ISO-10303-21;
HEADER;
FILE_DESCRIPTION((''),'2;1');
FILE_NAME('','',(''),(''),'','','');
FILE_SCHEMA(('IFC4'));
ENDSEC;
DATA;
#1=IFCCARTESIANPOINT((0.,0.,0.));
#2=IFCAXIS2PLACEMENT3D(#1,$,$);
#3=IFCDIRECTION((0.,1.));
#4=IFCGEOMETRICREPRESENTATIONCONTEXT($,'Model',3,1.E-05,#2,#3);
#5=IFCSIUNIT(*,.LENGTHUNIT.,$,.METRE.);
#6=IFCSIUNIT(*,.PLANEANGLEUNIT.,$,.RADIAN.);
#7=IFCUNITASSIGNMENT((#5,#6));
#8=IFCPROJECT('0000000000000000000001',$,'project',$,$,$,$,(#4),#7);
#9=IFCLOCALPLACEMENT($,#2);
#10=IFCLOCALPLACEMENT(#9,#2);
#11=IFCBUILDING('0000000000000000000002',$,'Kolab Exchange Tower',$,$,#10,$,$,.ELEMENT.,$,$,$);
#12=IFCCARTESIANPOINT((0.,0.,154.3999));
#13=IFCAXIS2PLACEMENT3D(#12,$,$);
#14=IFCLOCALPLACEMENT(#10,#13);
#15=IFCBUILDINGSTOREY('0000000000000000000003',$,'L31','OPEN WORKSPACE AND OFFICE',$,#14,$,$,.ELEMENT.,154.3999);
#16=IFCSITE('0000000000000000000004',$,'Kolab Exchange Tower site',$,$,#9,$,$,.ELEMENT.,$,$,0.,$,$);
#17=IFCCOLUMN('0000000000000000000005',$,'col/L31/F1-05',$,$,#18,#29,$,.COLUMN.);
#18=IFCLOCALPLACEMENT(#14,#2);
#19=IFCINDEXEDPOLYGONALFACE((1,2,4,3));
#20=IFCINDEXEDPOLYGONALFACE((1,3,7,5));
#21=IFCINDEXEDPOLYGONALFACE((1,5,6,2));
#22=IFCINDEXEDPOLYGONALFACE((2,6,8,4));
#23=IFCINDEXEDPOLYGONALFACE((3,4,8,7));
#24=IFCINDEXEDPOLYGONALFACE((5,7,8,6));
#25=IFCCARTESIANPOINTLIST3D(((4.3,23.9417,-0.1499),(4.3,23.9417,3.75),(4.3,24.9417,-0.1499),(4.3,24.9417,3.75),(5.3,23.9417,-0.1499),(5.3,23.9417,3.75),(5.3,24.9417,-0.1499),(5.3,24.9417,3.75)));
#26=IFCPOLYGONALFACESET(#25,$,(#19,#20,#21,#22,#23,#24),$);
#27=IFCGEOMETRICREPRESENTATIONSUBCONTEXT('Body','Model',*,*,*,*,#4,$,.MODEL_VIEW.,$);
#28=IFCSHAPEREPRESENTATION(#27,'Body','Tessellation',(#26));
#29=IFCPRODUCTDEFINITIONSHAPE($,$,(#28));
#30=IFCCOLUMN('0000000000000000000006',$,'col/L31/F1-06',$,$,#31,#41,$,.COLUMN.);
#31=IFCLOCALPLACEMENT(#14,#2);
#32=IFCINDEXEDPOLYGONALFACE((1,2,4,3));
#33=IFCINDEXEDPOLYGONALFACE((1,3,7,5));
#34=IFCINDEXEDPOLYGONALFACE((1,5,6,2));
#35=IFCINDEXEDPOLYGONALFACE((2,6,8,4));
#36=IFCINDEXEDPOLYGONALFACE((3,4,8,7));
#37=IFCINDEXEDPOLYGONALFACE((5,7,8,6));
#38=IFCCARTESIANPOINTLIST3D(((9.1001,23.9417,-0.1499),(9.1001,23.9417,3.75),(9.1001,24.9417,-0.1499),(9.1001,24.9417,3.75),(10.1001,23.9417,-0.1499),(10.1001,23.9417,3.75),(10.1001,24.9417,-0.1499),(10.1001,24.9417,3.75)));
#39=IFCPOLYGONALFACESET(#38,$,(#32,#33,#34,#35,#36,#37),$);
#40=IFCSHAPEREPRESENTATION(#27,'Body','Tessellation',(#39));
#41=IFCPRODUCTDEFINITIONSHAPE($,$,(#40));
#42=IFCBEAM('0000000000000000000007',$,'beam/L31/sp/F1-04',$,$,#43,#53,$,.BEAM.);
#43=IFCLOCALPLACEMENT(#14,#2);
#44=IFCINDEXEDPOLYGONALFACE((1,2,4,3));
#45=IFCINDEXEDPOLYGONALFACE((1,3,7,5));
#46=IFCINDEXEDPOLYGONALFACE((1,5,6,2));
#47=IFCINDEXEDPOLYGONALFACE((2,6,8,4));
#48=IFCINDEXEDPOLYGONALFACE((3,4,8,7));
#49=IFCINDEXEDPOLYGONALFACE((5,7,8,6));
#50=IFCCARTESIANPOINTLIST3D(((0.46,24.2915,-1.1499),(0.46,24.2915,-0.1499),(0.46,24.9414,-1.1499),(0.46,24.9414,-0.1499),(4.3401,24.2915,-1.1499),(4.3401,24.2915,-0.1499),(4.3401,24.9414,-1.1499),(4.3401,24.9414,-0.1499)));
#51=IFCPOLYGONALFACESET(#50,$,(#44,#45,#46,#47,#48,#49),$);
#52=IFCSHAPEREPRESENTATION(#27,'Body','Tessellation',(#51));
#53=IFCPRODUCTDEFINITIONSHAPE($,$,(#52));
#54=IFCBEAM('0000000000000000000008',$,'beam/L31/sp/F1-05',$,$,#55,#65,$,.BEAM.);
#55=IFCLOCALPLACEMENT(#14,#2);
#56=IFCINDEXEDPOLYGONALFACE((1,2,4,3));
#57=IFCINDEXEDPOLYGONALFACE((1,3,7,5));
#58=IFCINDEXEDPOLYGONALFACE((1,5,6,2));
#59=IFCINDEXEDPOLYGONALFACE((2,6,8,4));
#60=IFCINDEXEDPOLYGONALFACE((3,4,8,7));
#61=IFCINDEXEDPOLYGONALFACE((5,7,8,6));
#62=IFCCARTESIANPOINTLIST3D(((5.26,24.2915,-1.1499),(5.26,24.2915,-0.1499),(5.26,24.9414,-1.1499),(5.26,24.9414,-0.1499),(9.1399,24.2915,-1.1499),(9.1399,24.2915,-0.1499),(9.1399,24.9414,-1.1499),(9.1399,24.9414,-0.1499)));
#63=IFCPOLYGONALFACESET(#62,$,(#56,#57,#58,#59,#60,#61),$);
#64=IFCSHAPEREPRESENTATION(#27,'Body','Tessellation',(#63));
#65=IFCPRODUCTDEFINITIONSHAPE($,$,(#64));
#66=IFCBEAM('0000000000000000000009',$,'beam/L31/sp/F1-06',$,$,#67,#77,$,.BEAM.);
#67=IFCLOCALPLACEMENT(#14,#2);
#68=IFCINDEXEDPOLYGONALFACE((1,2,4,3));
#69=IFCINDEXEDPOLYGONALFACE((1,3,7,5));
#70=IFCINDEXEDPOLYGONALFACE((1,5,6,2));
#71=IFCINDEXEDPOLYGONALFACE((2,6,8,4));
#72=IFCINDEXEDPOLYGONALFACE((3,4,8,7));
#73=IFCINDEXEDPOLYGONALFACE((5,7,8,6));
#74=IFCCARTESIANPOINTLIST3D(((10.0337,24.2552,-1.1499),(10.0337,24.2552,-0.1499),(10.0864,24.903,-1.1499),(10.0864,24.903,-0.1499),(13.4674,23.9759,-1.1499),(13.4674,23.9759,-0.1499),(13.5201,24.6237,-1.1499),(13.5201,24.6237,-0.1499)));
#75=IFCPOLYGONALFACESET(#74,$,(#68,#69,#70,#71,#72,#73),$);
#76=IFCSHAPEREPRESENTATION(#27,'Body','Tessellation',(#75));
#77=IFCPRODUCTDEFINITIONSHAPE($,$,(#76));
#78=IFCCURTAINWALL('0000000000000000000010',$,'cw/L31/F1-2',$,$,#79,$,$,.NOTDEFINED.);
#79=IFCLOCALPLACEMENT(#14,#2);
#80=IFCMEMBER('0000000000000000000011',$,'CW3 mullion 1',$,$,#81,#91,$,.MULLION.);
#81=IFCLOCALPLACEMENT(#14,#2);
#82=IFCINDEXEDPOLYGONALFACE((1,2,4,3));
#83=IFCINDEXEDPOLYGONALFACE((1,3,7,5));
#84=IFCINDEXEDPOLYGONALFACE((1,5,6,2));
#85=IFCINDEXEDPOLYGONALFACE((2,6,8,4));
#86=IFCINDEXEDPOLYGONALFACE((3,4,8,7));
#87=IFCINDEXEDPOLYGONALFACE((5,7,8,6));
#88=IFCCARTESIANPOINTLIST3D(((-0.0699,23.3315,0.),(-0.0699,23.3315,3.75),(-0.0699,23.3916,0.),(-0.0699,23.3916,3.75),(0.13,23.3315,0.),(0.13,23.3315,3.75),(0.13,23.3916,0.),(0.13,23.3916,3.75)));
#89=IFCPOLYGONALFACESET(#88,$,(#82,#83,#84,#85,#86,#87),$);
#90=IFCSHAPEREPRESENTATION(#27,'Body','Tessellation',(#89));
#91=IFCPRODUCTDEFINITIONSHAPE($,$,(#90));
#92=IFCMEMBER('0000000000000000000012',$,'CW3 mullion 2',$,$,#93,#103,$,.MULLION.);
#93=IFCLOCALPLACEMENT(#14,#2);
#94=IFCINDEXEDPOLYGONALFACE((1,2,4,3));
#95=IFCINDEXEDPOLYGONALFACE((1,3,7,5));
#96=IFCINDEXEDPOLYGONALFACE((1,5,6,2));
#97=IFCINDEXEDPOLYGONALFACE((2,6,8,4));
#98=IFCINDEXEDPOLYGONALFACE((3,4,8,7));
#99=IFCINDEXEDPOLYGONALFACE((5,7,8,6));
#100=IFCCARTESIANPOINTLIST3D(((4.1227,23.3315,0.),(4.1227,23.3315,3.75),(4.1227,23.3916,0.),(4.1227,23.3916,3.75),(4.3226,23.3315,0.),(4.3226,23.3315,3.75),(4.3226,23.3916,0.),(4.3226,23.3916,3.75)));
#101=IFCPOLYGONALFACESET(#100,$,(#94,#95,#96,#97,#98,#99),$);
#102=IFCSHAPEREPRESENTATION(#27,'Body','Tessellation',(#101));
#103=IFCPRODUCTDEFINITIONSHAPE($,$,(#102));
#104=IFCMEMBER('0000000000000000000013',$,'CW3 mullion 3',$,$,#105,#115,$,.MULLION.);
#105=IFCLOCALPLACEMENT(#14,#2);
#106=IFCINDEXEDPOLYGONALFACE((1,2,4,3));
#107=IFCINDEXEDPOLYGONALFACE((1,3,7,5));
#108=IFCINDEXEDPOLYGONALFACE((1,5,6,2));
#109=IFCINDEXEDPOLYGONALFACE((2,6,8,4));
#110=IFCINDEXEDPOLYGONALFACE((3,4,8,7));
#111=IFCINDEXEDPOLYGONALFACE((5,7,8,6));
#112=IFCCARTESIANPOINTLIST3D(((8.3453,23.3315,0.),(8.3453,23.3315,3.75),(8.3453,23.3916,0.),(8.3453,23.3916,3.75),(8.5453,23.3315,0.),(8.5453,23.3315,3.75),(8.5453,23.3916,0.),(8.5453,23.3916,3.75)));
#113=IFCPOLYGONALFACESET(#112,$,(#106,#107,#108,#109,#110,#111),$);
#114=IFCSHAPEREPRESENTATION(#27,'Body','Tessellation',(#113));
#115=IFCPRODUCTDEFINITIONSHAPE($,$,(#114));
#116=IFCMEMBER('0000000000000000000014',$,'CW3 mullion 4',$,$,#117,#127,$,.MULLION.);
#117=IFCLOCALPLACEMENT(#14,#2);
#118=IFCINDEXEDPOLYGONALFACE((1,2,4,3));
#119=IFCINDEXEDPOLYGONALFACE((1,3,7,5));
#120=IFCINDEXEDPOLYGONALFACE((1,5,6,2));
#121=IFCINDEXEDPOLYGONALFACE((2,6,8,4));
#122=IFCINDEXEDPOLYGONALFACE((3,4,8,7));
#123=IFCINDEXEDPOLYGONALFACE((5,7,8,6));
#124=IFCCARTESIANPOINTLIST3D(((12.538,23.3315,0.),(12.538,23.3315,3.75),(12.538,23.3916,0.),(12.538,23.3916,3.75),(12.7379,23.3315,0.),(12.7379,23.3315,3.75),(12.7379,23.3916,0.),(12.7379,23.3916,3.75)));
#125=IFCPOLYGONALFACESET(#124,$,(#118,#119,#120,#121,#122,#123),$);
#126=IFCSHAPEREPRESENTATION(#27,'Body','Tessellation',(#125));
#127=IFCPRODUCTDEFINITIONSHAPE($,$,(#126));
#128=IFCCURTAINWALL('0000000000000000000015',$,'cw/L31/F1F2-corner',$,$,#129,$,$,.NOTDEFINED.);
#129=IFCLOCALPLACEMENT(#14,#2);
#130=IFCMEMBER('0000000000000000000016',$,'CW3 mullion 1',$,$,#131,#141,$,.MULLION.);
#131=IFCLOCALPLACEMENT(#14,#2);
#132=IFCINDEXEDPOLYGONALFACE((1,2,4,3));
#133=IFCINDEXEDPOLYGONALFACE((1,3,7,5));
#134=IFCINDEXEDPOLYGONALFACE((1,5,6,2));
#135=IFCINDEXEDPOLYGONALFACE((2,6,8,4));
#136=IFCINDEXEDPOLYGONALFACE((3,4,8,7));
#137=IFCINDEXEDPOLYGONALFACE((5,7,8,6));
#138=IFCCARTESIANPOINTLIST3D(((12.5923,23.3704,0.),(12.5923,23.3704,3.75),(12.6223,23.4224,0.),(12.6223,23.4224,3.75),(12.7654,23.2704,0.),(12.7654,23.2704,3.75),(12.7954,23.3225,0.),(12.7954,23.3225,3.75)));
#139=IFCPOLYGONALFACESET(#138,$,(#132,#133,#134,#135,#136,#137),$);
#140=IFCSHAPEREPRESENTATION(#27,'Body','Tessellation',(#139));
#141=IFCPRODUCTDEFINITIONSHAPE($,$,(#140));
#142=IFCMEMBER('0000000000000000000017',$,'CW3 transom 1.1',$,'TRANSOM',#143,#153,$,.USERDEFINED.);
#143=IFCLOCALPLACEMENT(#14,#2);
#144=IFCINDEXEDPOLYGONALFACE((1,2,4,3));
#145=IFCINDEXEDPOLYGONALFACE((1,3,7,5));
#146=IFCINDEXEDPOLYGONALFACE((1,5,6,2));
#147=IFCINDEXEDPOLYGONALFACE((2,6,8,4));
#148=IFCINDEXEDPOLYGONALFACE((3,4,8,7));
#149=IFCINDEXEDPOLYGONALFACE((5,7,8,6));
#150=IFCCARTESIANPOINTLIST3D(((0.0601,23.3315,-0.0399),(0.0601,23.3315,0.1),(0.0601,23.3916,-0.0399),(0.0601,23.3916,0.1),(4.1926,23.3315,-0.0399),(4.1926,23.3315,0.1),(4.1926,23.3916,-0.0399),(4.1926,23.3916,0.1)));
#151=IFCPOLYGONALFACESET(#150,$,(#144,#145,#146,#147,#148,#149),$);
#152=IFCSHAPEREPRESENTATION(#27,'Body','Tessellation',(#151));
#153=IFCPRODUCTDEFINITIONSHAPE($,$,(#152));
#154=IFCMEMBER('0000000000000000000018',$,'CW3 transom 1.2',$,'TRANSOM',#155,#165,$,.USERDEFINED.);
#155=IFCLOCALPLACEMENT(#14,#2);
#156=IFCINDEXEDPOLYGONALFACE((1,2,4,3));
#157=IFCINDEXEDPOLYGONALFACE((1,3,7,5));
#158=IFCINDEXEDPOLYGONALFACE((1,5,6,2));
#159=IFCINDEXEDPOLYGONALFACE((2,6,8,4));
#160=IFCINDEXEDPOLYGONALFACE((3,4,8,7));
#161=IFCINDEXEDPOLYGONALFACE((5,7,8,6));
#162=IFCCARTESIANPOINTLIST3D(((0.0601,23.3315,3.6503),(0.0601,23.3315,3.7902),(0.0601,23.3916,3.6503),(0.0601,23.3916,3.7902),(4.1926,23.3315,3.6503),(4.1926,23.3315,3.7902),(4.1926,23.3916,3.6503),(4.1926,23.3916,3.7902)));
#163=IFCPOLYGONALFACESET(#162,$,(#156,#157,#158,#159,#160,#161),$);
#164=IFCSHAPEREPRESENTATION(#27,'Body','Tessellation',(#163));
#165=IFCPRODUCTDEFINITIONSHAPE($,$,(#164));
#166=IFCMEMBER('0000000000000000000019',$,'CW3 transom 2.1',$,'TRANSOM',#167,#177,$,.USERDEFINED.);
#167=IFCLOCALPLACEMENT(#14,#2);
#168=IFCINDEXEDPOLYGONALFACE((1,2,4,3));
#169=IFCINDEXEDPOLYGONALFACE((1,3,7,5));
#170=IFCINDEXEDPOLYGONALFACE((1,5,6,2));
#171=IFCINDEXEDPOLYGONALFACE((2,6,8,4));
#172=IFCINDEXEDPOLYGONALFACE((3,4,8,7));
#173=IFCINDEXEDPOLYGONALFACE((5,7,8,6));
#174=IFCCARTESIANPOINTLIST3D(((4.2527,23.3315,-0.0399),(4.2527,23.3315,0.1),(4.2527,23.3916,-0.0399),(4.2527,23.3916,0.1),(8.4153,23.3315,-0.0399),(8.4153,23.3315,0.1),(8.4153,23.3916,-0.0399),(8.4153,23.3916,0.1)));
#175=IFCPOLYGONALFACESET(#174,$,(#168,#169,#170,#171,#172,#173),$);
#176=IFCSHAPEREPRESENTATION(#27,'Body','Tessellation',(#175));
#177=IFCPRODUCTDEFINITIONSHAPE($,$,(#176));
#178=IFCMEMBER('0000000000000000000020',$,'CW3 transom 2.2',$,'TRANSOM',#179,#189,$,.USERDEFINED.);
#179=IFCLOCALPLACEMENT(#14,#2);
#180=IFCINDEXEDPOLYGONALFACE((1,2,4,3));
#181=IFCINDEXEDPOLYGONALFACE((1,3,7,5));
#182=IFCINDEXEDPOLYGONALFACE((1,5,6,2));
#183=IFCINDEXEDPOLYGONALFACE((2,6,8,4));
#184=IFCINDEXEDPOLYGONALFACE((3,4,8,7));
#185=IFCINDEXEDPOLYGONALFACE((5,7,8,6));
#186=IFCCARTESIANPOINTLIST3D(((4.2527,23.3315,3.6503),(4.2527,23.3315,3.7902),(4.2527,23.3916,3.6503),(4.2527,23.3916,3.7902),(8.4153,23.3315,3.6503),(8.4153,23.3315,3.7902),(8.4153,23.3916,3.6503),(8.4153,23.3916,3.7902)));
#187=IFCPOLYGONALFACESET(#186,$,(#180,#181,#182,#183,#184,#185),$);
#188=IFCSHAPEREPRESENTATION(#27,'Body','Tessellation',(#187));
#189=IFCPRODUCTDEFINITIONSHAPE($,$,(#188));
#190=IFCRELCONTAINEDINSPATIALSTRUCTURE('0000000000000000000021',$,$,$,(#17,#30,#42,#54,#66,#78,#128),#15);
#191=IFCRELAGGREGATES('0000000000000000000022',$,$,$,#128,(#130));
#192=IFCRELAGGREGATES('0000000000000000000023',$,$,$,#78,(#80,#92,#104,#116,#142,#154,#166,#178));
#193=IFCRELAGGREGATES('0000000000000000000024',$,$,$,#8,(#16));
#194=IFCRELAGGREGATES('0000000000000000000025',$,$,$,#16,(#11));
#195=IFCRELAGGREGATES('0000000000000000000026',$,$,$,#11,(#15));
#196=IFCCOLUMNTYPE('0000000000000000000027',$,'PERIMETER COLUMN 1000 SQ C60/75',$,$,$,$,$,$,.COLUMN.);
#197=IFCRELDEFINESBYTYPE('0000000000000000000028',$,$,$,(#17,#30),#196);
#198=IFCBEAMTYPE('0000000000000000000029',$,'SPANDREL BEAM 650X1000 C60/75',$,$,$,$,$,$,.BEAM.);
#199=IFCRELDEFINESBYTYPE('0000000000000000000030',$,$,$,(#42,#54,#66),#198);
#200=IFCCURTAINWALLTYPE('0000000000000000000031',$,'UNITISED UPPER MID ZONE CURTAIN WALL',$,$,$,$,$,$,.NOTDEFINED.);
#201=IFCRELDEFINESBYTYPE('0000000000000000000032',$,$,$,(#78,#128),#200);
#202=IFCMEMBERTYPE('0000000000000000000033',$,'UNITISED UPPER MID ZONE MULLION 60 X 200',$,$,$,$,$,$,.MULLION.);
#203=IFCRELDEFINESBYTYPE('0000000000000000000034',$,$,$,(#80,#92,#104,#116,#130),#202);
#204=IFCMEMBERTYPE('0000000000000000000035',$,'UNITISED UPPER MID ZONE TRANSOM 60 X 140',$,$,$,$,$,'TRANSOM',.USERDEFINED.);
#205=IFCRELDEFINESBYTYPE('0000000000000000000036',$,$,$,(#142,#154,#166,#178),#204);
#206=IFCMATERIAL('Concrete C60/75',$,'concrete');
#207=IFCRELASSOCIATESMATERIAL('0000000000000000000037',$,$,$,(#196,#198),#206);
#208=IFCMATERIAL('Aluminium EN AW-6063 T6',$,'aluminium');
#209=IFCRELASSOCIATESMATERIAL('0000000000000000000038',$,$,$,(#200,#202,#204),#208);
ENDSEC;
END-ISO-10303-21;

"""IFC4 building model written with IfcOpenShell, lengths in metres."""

from ifc_helpers import new_model, si_unit, direction, frame, origin, origin_2d, place, context, subcontext, project, spatial, rectangle, extrude, material, material_profile, profile_set, type_object, element, aggregate, save


model = new_model("IFC4")

# Units and contexts
model_context = context("Model", 3, precision=1e-05, world=origin(), true_north=direction((0.0, 1.0)))
body_context = subcontext(model_context, "Body", "Model", "MODEL_VIEW")
ifc_project = project(units=[si_unit("LENGTHUNIT", "METRE"), si_unit("PLANEANGLEUNIT", "RADIAN")], contexts=[model_context])

# Site, building, storey
site_placement = place(None, origin())
site = spatial("IfcSite", under=ifc_project, at=site_placement, Name="Kolab Exchange Tower site", CompositionType="ELEMENT", RefElevation=0.0)
building_placement = place(site_placement, origin())
building = spatial("IfcBuilding", under=site, at=building_placement, Name="Kolab Exchange Tower", CompositionType="ELEMENT")
storey_placement = place(building_placement, frame((0.0, 0.0, 154.3999)))
storey = spatial("IfcBuildingStorey", under=building, at=storey_placement, Name="L31", Description="OPEN WORKSPACE AND OFFICE", CompositionType="ELEMENT", Elevation=154.3999)

# Columns
ifc_material_1 = material(Name="Concrete C60/75", Category="concrete")
ifc_material_profile_1 = material_profile(ifc_material_1, rectangle(XDim=1.0, YDim=1.0, at=origin_2d()), Name="RC1000")
ifc_profile_set_1 = profile_set([ifc_material_profile_1], Name="Concrete C60/75")
column_type = type_object("IfcColumnType", Name="PERIMETER COLUMN 1000 SQ C60/75", PredefinedType="COLUMN", material=ifc_profile_set_1)
for number, where, z_axis, x_axis, name in (
    (1, (4.8, 24.4417, -0.1499), (0.0, 0.0, 1.0), (1.0, 0.0, 0.0), "col/L31/F1-05"),
    (2, (9.6001, 24.4417, -0.1499), (0.0, 0.0, 1.0), (1.0, 0.0, 0.0), "col/L31/F1-06"),
):
    element("IfcColumn", number, at=place(storey_placement, frame(where, z_axis=z_axis, x_axis=x_axis)), inside=storey, type_object=column_type, Name=name, PredefinedType="COLUMN", context=body_context, shape_type="SweptSolid", body=[
        extrude(rectangle(XDim=1.0, YDim=1.0, at=origin_2d()), origin(), (0.0, 0.0, 1.0), 3.8999),
    ])

# Beams
ifc_material_profile_2 = material_profile(ifc_material_1, rectangle(XDim=0.6499, YDim=1.0, at=origin_2d()), Name="RC650X1000")
ifc_profile_set_2 = profile_set([ifc_material_profile_2], Name="Concrete C60/75")
beam_type = type_object("IfcBeamType", Name="SPANDREL BEAM 650X1000 C60/75", PredefinedType="BEAM", material=ifc_profile_set_2)
beam_1_placement = place(storey_placement, frame((0.46, 24.6165, -0.6499), z_axis=(1.0, 0.0, 0.0), x_axis=(0.0, 1.0, 0.0)))
element("IfcBeam", 3, at=beam_1_placement, inside=storey, type_object=beam_type, Name="beam/L31/sp/F1-04", PredefinedType="BEAM", context=body_context, shape_type="SweptSolid", body=[
    extrude(rectangle(XDim=0.6499, YDim=1.0, at=origin_2d()), origin(), (0.0, 0.0, 1.0), 3.8801),
])
beam_2_placement = place(storey_placement, frame((5.26, 24.6165, -0.6499), z_axis=(1.0, 0.0, 0.0), x_axis=(0.0, 1.0, 0.0)))
element("IfcBeam", 4, at=beam_2_placement, inside=storey, type_object=beam_type, Name="beam/L31/sp/F1-05", PredefinedType="BEAM", context=body_context, shape_type="SweptSolid", body=[
    extrude(rectangle(XDim=0.6499, YDim=1.0, at=origin_2d()), origin(), (0.0, 0.0, 1.0), 3.8799),
])
beam_3_placement = place(storey_placement, frame((10.0601, 24.5791, -0.6499), z_axis=(0.996708, -0.081069, 0.0), x_axis=(0.081069, 0.996708, 0.0)))
element("IfcBeam", 5, at=beam_3_placement, inside=storey, type_object=beam_type, Name="beam/L31/sp/F1-06", PredefinedType="BEAM", context=body_context, shape_type="SweptSolid", body=[
    extrude(rectangle(XDim=0.6499, YDim=1.0, at=origin_2d()), origin(), (0.0, 0.0, 1.0), 3.4451),
])

# Curtain wall, members
ifc_material_2 = material(Name="Aluminium EN AW-6063 T6", Category="aluminium")
curtain_wall_type = type_object("IfcCurtainWallType", Name="UNITISED UPPER MID ZONE CURTAIN WALL", PredefinedType="NOTDEFINED", material=ifc_material_2)
curtain_wall_1_placement = place(storey_placement, origin())
curtain_wall_1 = element("IfcCurtainWall", 6, at=curtain_wall_1_placement, inside=storey, type_object=curtain_wall_type, Name="cw/L31/F1-2", PredefinedType="NOTDEFINED")
ifc_material_profile_3 = material_profile(ifc_material_2, rectangle(XDim=0.0601, YDim=0.2, at=origin_2d()), Name="RECT 60X200")
ifc_profile_set_3 = profile_set([ifc_material_profile_3], Name="Aluminium EN AW-6063 T6")
member_type_1 = type_object("IfcMemberType", Name="UNITISED UPPER MID ZONE MULLION 60 X 200", PredefinedType="MULLION", material=ifc_profile_set_3)
member_1_placement = place(storey_placement, frame((0.03, 23.3616, 0.0), z_axis=(0.0, 0.0, 1.0), x_axis=(0.0, 1.0, 0.0)))
member_1 = element("IfcMember", 7, at=member_1_placement, type_object=member_type_1, Name="CW3 mullion 1", PredefinedType="MULLION", context=body_context, shape_type="SweptSolid", body=[
    extrude(rectangle(XDim=0.0601, YDim=0.2, at=origin_2d()), origin(), (0.0, 0.0, 1.0), 3.75),
])
member_2_placement = place(storey_placement, frame((4.2227, 23.3616, 0.0), z_axis=(0.0, 0.0, 1.0), x_axis=(0.0, 1.0, 0.0)))
member_2 = element("IfcMember", 8, at=member_2_placement, type_object=member_type_1, Name="CW3 mullion 2", PredefinedType="MULLION", context=body_context, shape_type="SweptSolid", body=[
    extrude(rectangle(XDim=0.0601, YDim=0.2, at=origin_2d()), origin(), (0.0, 0.0, 1.0), 3.75),
])
member_3_placement = place(storey_placement, frame((8.4453, 23.3616, 0.0), z_axis=(0.0, 0.0, 1.0), x_axis=(0.0, 1.0, 0.0)))
member_3 = element("IfcMember", 9, at=member_3_placement, type_object=member_type_1, Name="CW3 mullion 3", PredefinedType="MULLION", context=body_context, shape_type="SweptSolid", body=[
    extrude(rectangle(XDim=0.0601, YDim=0.2, at=origin_2d()), origin(), (0.0, 0.0, 1.0), 3.75),
])
member_4_placement = place(storey_placement, frame((12.6379, 23.3616, 0.0), z_axis=(0.0, 0.0, 1.0), x_axis=(0.0, 1.0, 0.0)))
member_4 = element("IfcMember", 10, at=member_4_placement, type_object=member_type_1, Name="CW3 mullion 4", PredefinedType="MULLION", context=body_context, shape_type="SweptSolid", body=[
    extrude(rectangle(XDim=0.0601, YDim=0.2, at=origin_2d()), origin(), (0.0, 0.0, 1.0), 3.75),
])

# Curtain wall, member
curtain_wall_2_placement = place(storey_placement, origin())
curtain_wall_2 = element("IfcCurtainWall", 11, at=curtain_wall_2_placement, inside=storey, type_object=curtain_wall_type, Name="cw/L31/F1F2-corner", PredefinedType="NOTDEFINED")
member_5_placement = place(storey_placement, frame((12.6938, 23.3464, 0.0), z_axis=(0.0, 0.0, 1.0), x_axis=(0.5, 0.866025, 0.0)))
member_5 = element("IfcMember", 12, at=member_5_placement, type_object=member_type_1, Name="CW3 mullion 1", PredefinedType="MULLION", context=body_context, shape_type="SweptSolid", body=[
    extrude(rectangle(XDim=0.0601, YDim=0.2, at=origin_2d()), origin(), (0.0, 0.0, 1.0), 3.75),
])

# Members
ifc_material_profile_4 = material_profile(ifc_material_2, rectangle(XDim=0.0601, YDim=0.1399, at=origin_2d()), Name="RECT 60X140")
ifc_profile_set_4 = profile_set([ifc_material_profile_4], Name="Aluminium EN AW-6063 T6")
member_type_2 = type_object("IfcMemberType", Name="UNITISED UPPER MID ZONE TRANSOM 60 X 140", ElementType="TRANSOM", PredefinedType="USERDEFINED", material=ifc_profile_set_4)
member_6_placement = place(storey_placement, frame((0.0601, 23.3616, 0.03), z_axis=(1.0, 0.0, 0.0), x_axis=(0.0, 1.0, 0.0)))
member_6 = element("IfcMember", 13, at=member_6_placement, type_object=member_type_2, Name="CW3 transom 1.1", ObjectType="TRANSOM", PredefinedType="USERDEFINED", context=body_context, shape_type="SweptSolid", body=[
    extrude(rectangle(XDim=0.0601, YDim=0.1399, at=origin_2d()), origin(), (0.0, 0.0, 1.0), 4.1326),
])
member_7_placement = place(storey_placement, frame((0.0601, 23.3616, 3.7202), z_axis=(1.0, 0.0, 0.0), x_axis=(0.0, 1.0, 0.0)))
member_7 = element("IfcMember", 14, at=member_7_placement, type_object=member_type_2, Name="CW3 transom 1.2", ObjectType="TRANSOM", PredefinedType="USERDEFINED", context=body_context, shape_type="SweptSolid", body=[
    extrude(rectangle(XDim=0.0601, YDim=0.1399, at=origin_2d()), origin(), (0.0, 0.0, 1.0), 4.1326),
])
member_8_placement = place(storey_placement, frame((4.2527, 23.3616, 0.03), z_axis=(1.0, 0.0, 0.0), x_axis=(0.0, 1.0, 0.0)))
member_8 = element("IfcMember", 15, at=member_8_placement, type_object=member_type_2, Name="CW3 transom 2.1", ObjectType="TRANSOM", PredefinedType="USERDEFINED", context=body_context, shape_type="SweptSolid", body=[
    extrude(rectangle(XDim=0.0601, YDim=0.1399, at=origin_2d()), origin(), (0.0, 0.0, 1.0), 4.1626),
])
member_9_placement = place(storey_placement, frame((4.2527, 23.3616, 3.7202), z_axis=(1.0, 0.0, 0.0), x_axis=(0.0, 1.0, 0.0)))
member_9 = element("IfcMember", 16, at=member_9_placement, type_object=member_type_2, Name="CW3 transom 2.2", ObjectType="TRANSOM", PredefinedType="USERDEFINED", context=body_context, shape_type="SweptSolid", body=[
    extrude(rectangle(XDim=0.0601, YDim=0.1399, at=origin_2d()), origin(), (0.0, 0.0, 1.0), 4.1626),
])
aggregate(curtain_wall_2, [member_5])

aggregate(curtain_wall_1, [member_1, member_2, member_3, member_4, member_6, member_7, member_8, member_9])

save(model, "model.ifc")
